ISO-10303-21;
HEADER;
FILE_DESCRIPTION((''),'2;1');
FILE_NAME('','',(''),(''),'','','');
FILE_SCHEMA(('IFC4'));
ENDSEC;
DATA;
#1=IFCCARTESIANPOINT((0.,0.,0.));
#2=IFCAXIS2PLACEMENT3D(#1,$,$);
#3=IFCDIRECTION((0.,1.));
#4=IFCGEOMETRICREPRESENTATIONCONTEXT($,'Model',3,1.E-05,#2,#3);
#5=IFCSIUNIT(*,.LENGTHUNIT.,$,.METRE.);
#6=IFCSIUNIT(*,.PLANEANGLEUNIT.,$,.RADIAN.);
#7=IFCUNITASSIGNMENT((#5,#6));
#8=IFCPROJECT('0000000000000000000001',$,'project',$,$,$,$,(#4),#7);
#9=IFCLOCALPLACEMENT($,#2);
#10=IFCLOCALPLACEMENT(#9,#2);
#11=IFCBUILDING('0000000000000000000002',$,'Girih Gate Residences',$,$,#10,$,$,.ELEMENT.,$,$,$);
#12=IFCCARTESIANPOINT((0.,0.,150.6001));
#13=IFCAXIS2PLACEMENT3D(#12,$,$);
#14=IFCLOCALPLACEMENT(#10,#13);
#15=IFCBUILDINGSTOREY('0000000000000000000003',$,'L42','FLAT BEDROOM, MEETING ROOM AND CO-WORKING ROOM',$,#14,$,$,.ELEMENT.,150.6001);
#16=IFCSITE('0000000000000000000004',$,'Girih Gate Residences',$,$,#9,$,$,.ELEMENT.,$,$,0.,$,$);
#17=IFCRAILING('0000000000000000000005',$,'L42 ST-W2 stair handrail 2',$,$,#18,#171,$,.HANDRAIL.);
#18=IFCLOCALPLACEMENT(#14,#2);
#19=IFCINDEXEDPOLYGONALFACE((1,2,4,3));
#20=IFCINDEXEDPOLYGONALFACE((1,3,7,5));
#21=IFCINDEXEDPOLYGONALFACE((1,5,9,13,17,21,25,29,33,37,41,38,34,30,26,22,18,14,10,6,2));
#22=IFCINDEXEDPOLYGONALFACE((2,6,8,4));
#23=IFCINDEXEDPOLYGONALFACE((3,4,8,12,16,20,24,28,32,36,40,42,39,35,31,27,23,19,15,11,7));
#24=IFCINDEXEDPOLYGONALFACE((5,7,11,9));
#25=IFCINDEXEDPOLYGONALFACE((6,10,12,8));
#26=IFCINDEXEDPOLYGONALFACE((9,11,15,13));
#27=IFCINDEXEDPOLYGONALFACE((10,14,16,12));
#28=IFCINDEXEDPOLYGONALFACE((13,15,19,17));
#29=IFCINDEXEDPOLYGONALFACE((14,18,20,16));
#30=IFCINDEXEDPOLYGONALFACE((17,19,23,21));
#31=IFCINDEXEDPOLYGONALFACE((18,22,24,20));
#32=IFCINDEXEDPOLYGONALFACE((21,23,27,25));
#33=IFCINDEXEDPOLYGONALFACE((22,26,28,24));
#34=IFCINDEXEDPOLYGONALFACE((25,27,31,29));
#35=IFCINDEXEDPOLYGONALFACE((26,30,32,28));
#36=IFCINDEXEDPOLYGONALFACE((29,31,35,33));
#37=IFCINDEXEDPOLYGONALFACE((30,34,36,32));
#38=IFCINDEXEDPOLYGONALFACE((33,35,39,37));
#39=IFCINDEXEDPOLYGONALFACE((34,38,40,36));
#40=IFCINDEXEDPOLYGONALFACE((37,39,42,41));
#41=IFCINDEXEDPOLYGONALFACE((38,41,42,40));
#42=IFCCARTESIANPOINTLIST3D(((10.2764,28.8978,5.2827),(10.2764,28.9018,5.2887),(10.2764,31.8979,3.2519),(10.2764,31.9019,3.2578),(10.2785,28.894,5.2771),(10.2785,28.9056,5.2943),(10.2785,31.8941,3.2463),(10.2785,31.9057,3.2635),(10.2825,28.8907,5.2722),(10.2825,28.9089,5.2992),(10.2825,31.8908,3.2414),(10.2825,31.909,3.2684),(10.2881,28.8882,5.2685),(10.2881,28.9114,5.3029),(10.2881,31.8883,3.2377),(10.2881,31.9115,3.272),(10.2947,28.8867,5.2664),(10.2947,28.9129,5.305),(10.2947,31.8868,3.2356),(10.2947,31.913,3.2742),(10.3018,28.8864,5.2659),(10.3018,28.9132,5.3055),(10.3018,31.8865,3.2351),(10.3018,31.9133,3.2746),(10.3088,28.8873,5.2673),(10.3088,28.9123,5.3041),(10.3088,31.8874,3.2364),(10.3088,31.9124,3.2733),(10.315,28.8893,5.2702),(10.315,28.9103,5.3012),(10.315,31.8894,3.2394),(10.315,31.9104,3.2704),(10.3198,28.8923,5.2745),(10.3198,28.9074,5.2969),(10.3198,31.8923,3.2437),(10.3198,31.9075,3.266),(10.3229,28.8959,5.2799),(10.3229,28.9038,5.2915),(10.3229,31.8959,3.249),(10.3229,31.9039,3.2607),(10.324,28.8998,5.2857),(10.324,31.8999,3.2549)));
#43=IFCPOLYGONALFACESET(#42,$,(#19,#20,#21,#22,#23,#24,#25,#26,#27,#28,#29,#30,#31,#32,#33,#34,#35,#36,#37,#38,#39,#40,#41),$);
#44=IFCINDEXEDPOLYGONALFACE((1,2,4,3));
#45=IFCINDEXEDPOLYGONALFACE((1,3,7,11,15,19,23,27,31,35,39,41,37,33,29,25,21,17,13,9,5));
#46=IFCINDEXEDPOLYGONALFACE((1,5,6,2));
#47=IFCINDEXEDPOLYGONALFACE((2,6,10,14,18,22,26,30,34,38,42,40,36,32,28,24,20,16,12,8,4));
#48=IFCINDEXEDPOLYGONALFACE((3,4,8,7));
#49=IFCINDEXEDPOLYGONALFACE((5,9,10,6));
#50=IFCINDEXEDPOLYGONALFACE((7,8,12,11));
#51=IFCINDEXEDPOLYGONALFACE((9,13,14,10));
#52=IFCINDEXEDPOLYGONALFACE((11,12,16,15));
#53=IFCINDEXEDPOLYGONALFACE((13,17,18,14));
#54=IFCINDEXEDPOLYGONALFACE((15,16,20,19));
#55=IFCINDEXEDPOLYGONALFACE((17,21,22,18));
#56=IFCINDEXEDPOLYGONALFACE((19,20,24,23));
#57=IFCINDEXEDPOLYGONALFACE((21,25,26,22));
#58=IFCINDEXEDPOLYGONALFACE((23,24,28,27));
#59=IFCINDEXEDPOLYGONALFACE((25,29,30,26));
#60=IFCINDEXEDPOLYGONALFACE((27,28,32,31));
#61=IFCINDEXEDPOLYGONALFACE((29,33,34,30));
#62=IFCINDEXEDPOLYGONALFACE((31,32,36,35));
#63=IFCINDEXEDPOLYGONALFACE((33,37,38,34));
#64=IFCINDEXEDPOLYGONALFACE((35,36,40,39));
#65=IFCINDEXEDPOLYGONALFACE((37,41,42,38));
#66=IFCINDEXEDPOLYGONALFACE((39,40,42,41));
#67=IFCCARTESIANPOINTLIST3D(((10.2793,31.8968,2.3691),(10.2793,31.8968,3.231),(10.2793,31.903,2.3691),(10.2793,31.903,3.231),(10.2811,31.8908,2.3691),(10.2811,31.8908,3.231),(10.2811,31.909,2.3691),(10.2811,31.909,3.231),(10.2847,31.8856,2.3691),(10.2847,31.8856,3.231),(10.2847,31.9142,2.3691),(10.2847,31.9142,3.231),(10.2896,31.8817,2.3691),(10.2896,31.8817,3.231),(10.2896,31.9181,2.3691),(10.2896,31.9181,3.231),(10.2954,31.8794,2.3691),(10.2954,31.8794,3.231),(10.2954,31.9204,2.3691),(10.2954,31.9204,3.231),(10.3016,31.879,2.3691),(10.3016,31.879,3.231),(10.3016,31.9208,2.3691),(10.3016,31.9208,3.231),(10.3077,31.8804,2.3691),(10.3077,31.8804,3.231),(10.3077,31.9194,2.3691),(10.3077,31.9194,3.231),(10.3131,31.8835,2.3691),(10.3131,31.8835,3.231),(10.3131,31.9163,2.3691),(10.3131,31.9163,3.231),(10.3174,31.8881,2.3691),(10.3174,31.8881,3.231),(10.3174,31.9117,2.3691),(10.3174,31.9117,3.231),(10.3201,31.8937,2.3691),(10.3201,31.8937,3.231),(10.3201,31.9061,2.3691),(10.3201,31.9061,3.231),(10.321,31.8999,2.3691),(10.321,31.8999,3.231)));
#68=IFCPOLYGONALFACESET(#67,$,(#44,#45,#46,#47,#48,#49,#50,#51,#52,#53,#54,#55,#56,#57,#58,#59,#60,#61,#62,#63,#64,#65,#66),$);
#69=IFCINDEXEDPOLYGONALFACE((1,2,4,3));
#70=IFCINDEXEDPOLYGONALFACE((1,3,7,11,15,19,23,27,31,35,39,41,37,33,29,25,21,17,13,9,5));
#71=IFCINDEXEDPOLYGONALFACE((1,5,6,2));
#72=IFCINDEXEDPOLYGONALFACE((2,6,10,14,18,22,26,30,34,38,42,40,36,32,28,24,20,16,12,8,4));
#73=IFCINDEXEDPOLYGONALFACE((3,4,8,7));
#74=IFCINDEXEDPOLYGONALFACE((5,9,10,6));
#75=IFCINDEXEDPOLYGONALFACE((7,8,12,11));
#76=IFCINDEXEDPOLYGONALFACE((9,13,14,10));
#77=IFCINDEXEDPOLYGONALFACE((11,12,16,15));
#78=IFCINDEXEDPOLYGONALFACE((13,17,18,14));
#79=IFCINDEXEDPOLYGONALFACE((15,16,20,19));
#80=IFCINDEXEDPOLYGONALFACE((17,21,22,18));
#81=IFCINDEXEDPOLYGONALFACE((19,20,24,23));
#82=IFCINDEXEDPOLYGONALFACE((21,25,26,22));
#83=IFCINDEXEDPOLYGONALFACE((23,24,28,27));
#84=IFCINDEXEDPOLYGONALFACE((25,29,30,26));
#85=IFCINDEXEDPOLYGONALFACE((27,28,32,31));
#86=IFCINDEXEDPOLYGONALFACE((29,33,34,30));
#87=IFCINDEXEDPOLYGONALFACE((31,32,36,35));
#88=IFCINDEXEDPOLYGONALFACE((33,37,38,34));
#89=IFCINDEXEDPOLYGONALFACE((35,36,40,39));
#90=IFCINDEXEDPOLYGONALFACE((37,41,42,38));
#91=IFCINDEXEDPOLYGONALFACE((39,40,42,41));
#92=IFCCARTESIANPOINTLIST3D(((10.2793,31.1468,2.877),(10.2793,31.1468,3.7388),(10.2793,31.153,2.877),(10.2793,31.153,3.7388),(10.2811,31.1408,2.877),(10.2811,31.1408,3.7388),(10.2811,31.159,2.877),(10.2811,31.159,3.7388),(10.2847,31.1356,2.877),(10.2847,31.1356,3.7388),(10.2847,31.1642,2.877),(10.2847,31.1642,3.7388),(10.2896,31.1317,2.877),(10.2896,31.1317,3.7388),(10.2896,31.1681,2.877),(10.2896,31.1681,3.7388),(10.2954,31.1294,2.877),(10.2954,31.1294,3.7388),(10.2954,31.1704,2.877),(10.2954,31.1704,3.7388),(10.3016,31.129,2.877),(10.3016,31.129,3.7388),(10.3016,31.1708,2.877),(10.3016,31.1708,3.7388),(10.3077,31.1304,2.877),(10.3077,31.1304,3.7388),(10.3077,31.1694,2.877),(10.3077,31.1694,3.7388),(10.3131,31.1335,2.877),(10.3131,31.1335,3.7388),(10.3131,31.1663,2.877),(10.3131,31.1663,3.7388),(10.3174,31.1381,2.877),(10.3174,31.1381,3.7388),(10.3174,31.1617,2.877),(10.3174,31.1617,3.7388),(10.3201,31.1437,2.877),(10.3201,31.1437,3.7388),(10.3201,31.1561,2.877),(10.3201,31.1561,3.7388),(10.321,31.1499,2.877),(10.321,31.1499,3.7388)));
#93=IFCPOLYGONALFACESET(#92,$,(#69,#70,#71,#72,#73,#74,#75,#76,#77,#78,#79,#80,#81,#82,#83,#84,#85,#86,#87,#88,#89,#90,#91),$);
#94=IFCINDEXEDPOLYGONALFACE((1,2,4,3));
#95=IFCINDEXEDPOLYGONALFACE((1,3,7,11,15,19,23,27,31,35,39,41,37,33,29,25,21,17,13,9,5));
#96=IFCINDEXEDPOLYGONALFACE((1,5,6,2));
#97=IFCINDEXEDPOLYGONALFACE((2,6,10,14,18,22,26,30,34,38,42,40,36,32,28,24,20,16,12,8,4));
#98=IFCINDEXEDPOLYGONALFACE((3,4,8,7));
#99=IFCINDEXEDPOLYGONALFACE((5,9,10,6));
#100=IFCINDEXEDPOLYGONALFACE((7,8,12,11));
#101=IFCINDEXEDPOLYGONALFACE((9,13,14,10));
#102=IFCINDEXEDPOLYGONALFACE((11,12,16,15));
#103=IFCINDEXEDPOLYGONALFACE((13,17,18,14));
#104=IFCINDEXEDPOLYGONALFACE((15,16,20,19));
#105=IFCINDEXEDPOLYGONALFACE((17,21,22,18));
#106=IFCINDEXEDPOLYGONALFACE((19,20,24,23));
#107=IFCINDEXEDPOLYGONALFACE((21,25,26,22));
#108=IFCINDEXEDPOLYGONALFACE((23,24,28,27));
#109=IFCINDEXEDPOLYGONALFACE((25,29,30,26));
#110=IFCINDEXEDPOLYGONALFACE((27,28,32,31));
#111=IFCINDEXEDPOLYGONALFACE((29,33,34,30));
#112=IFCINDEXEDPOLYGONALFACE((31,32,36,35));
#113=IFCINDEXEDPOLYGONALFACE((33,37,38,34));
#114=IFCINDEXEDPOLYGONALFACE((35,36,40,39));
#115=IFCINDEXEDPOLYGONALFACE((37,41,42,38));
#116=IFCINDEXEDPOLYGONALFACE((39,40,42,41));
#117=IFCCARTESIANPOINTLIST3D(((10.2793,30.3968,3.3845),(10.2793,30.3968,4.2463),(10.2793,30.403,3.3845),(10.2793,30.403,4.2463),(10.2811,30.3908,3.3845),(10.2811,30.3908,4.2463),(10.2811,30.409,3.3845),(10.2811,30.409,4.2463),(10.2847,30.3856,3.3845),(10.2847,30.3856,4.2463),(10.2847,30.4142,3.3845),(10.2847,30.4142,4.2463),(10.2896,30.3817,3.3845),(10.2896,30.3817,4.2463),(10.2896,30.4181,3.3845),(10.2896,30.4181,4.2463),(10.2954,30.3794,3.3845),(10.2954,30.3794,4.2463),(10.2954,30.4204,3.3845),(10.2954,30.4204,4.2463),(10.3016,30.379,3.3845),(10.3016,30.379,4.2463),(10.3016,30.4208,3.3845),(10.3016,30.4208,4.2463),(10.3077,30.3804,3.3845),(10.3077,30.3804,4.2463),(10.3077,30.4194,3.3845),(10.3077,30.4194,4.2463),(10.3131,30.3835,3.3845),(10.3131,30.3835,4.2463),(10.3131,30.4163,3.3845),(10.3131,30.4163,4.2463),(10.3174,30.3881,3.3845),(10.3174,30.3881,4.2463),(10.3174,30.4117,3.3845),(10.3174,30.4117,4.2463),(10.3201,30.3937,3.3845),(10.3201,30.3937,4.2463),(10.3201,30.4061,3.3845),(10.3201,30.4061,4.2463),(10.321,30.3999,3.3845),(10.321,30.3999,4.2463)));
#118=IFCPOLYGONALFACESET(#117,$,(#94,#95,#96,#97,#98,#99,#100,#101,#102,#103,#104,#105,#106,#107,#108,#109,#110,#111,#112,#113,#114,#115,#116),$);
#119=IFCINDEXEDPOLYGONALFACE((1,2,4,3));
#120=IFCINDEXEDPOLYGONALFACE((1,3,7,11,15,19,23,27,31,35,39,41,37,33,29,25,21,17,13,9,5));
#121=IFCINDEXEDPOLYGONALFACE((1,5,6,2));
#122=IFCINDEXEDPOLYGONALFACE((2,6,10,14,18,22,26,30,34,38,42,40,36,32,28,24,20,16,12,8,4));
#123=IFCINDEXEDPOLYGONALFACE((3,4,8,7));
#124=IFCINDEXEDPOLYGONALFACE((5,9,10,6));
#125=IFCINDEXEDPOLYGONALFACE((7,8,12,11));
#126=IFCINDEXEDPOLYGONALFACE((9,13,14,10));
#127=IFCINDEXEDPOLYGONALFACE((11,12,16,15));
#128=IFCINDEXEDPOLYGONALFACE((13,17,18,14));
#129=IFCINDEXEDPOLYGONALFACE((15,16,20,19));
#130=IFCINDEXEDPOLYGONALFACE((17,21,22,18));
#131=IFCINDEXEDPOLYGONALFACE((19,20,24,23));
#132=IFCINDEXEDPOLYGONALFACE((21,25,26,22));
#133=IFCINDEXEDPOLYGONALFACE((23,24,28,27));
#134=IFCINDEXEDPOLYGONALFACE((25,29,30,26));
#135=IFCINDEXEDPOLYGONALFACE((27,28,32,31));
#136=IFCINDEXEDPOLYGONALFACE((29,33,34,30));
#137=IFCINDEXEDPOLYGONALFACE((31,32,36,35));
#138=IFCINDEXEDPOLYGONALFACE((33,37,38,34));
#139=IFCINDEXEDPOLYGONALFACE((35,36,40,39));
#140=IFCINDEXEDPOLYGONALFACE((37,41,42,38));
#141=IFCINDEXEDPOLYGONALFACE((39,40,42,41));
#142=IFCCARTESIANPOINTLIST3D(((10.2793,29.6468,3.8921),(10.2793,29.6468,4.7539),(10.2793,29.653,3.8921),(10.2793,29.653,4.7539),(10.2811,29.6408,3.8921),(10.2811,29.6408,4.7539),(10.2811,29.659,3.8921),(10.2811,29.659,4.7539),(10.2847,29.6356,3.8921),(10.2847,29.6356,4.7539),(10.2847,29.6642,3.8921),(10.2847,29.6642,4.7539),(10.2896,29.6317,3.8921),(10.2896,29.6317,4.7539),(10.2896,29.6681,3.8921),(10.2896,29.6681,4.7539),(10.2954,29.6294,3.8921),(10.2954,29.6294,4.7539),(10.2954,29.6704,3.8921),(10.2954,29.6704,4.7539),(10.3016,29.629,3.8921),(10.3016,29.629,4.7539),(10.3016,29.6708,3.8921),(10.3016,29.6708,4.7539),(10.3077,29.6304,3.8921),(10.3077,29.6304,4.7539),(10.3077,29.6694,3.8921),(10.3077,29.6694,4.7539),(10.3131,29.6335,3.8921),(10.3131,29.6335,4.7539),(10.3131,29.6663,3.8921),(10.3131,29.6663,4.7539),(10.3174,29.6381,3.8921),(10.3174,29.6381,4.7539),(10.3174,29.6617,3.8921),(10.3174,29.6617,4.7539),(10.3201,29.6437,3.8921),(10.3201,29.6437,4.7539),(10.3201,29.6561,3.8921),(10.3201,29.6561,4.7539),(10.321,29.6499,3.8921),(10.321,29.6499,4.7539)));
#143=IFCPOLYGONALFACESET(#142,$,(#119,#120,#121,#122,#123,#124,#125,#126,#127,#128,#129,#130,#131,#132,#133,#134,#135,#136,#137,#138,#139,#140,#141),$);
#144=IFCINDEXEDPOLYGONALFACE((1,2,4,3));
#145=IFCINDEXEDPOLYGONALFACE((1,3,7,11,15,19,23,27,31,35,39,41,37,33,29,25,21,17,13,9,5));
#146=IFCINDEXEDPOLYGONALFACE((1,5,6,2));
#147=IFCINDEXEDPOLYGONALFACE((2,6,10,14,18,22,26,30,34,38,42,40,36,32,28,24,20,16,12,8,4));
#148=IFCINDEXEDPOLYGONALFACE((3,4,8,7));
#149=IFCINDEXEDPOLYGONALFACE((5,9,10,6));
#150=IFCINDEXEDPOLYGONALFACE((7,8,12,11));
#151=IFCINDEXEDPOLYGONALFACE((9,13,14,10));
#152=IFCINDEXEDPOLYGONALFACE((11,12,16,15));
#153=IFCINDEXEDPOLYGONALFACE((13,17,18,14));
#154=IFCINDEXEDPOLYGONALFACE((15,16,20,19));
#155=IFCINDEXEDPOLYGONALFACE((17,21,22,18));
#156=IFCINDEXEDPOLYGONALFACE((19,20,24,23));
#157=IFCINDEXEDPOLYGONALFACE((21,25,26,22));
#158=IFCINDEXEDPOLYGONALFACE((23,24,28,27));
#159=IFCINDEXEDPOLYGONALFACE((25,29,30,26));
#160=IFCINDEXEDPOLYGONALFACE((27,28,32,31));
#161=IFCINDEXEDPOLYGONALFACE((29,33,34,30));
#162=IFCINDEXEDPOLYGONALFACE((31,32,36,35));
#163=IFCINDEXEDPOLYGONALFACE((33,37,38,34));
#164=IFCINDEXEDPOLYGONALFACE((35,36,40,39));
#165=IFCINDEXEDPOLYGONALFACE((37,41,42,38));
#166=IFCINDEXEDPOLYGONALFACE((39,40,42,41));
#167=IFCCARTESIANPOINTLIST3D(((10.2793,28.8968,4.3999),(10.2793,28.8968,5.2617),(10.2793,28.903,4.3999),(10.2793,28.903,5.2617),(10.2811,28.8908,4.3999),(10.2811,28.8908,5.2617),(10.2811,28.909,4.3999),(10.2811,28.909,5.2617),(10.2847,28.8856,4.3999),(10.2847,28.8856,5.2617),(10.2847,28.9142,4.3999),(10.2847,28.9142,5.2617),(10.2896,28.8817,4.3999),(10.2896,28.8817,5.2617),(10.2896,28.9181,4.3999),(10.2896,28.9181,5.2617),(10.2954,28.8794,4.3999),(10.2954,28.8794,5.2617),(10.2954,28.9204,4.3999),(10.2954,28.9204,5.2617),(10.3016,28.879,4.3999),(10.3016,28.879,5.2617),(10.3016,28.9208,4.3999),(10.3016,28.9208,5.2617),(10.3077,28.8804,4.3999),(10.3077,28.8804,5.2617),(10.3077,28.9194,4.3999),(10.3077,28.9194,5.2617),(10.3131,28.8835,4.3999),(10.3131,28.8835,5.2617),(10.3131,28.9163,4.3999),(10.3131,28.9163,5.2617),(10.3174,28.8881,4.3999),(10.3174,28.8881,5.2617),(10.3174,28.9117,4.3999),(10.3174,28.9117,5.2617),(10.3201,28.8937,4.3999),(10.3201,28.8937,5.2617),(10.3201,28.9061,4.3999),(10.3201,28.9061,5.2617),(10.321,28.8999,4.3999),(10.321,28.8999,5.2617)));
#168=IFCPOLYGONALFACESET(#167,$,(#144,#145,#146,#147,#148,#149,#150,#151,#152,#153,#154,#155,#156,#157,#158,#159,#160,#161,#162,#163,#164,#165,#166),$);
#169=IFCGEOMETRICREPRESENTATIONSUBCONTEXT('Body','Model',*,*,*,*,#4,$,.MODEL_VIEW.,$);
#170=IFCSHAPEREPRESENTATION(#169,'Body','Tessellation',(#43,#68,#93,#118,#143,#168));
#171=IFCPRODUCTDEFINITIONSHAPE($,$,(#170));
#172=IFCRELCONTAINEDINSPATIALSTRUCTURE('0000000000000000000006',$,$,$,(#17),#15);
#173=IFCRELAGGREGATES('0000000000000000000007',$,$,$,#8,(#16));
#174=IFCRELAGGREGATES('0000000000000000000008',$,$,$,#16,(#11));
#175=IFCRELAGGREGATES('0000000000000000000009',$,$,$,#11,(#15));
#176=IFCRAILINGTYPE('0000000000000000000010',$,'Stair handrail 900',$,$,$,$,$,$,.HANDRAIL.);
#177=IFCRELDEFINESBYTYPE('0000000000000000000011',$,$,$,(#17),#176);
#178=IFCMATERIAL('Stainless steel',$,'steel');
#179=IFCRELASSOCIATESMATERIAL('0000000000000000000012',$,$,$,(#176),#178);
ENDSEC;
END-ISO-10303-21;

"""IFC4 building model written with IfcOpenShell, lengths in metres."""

from ifc_helpers import new_model, si_unit, direction, frame, origin, origin_2d, place, context, subcontext, project, spatial, circle, extrude, material, type_object, element, save


model = new_model("IFC4")

# Units and contexts
model_context = context("Model", 3, precision=1e-05, world=origin(), true_north=direction((0.0, 1.0)))
body_context = subcontext(model_context, "Body", "Model", "MODEL_VIEW")
ifc_project = project(units=[si_unit("LENGTHUNIT", "METRE"), si_unit("PLANEANGLEUNIT", "RADIAN")], contexts=[model_context])

# Site, building, storey
site_placement = place(None, origin())
site = spatial("IfcSite", under=ifc_project, at=site_placement, Name="Girih Gate Residences", CompositionType="ELEMENT", RefElevation=0.0)
building_placement = place(site_placement, origin())
building = spatial("IfcBuilding", under=site, at=building_placement, Name="Girih Gate Residences", CompositionType="ELEMENT")
storey_placement = place(building_placement, frame((0.0, 0.0, 150.6001)))
storey = spatial("IfcBuildingStorey", under=building, at=storey_placement, Name="L42", Description="FLAT BEDROOM, MEETING ROOM AND CO-WORKING ROOM", CompositionType="ELEMENT", Elevation=150.6001)

# Railing
ifc_material_1 = material(Name="Stainless steel", Category="steel")
railing_type_1 = type_object("IfcRailingType", Name="Stair handrail 900", PredefinedType="HANDRAIL", material=ifc_material_1)
railing_1_placement = place(storey_placement, frame((10.3, 31.8999, 2.3691)))
element("IfcRailing", 1, at=railing_1_placement, inside=storey, type_object=railing_type_1, Name="L42 ST-W2 stair handrail 2", PredefinedType="HANDRAIL", context=body_context, shape_type="SweptSolid", body=[
    extrude(circle(Radius=0.0239, at=origin_2d()), frame((0.0, 0.0, 0.8857), z_axis=(0.0, -0.82811, 0.560565), x_axis=(1.0, 0.0, 0.0)), (0.0, 0.0, 1.0), 3.6228),
    extrude(circle(Radius=0.021, at=origin_2d()), origin(), (0.0, 0.0, 1.0), 0.8618),
    extrude(circle(Radius=0.021, at=origin_2d()), frame((0.0, -0.75, 0.5078)), (0.0, 0.0, 1.0), 0.8618),
    extrude(circle(Radius=0.021, at=origin_2d()), frame((0.0, -1.5, 1.0154)), (0.0, 0.0, 1.0), 0.8618),
    extrude(circle(Radius=0.021, at=origin_2d()), frame((0.0, -2.25, 1.5229)), (0.0, 0.0, 1.0), 0.8618),
    extrude(circle(Radius=0.021, at=origin_2d()), frame((0.0, -3.0, 2.0308)), (0.0, 0.0, 1.0), 0.8618),
])

save(model, "model.ifc")
